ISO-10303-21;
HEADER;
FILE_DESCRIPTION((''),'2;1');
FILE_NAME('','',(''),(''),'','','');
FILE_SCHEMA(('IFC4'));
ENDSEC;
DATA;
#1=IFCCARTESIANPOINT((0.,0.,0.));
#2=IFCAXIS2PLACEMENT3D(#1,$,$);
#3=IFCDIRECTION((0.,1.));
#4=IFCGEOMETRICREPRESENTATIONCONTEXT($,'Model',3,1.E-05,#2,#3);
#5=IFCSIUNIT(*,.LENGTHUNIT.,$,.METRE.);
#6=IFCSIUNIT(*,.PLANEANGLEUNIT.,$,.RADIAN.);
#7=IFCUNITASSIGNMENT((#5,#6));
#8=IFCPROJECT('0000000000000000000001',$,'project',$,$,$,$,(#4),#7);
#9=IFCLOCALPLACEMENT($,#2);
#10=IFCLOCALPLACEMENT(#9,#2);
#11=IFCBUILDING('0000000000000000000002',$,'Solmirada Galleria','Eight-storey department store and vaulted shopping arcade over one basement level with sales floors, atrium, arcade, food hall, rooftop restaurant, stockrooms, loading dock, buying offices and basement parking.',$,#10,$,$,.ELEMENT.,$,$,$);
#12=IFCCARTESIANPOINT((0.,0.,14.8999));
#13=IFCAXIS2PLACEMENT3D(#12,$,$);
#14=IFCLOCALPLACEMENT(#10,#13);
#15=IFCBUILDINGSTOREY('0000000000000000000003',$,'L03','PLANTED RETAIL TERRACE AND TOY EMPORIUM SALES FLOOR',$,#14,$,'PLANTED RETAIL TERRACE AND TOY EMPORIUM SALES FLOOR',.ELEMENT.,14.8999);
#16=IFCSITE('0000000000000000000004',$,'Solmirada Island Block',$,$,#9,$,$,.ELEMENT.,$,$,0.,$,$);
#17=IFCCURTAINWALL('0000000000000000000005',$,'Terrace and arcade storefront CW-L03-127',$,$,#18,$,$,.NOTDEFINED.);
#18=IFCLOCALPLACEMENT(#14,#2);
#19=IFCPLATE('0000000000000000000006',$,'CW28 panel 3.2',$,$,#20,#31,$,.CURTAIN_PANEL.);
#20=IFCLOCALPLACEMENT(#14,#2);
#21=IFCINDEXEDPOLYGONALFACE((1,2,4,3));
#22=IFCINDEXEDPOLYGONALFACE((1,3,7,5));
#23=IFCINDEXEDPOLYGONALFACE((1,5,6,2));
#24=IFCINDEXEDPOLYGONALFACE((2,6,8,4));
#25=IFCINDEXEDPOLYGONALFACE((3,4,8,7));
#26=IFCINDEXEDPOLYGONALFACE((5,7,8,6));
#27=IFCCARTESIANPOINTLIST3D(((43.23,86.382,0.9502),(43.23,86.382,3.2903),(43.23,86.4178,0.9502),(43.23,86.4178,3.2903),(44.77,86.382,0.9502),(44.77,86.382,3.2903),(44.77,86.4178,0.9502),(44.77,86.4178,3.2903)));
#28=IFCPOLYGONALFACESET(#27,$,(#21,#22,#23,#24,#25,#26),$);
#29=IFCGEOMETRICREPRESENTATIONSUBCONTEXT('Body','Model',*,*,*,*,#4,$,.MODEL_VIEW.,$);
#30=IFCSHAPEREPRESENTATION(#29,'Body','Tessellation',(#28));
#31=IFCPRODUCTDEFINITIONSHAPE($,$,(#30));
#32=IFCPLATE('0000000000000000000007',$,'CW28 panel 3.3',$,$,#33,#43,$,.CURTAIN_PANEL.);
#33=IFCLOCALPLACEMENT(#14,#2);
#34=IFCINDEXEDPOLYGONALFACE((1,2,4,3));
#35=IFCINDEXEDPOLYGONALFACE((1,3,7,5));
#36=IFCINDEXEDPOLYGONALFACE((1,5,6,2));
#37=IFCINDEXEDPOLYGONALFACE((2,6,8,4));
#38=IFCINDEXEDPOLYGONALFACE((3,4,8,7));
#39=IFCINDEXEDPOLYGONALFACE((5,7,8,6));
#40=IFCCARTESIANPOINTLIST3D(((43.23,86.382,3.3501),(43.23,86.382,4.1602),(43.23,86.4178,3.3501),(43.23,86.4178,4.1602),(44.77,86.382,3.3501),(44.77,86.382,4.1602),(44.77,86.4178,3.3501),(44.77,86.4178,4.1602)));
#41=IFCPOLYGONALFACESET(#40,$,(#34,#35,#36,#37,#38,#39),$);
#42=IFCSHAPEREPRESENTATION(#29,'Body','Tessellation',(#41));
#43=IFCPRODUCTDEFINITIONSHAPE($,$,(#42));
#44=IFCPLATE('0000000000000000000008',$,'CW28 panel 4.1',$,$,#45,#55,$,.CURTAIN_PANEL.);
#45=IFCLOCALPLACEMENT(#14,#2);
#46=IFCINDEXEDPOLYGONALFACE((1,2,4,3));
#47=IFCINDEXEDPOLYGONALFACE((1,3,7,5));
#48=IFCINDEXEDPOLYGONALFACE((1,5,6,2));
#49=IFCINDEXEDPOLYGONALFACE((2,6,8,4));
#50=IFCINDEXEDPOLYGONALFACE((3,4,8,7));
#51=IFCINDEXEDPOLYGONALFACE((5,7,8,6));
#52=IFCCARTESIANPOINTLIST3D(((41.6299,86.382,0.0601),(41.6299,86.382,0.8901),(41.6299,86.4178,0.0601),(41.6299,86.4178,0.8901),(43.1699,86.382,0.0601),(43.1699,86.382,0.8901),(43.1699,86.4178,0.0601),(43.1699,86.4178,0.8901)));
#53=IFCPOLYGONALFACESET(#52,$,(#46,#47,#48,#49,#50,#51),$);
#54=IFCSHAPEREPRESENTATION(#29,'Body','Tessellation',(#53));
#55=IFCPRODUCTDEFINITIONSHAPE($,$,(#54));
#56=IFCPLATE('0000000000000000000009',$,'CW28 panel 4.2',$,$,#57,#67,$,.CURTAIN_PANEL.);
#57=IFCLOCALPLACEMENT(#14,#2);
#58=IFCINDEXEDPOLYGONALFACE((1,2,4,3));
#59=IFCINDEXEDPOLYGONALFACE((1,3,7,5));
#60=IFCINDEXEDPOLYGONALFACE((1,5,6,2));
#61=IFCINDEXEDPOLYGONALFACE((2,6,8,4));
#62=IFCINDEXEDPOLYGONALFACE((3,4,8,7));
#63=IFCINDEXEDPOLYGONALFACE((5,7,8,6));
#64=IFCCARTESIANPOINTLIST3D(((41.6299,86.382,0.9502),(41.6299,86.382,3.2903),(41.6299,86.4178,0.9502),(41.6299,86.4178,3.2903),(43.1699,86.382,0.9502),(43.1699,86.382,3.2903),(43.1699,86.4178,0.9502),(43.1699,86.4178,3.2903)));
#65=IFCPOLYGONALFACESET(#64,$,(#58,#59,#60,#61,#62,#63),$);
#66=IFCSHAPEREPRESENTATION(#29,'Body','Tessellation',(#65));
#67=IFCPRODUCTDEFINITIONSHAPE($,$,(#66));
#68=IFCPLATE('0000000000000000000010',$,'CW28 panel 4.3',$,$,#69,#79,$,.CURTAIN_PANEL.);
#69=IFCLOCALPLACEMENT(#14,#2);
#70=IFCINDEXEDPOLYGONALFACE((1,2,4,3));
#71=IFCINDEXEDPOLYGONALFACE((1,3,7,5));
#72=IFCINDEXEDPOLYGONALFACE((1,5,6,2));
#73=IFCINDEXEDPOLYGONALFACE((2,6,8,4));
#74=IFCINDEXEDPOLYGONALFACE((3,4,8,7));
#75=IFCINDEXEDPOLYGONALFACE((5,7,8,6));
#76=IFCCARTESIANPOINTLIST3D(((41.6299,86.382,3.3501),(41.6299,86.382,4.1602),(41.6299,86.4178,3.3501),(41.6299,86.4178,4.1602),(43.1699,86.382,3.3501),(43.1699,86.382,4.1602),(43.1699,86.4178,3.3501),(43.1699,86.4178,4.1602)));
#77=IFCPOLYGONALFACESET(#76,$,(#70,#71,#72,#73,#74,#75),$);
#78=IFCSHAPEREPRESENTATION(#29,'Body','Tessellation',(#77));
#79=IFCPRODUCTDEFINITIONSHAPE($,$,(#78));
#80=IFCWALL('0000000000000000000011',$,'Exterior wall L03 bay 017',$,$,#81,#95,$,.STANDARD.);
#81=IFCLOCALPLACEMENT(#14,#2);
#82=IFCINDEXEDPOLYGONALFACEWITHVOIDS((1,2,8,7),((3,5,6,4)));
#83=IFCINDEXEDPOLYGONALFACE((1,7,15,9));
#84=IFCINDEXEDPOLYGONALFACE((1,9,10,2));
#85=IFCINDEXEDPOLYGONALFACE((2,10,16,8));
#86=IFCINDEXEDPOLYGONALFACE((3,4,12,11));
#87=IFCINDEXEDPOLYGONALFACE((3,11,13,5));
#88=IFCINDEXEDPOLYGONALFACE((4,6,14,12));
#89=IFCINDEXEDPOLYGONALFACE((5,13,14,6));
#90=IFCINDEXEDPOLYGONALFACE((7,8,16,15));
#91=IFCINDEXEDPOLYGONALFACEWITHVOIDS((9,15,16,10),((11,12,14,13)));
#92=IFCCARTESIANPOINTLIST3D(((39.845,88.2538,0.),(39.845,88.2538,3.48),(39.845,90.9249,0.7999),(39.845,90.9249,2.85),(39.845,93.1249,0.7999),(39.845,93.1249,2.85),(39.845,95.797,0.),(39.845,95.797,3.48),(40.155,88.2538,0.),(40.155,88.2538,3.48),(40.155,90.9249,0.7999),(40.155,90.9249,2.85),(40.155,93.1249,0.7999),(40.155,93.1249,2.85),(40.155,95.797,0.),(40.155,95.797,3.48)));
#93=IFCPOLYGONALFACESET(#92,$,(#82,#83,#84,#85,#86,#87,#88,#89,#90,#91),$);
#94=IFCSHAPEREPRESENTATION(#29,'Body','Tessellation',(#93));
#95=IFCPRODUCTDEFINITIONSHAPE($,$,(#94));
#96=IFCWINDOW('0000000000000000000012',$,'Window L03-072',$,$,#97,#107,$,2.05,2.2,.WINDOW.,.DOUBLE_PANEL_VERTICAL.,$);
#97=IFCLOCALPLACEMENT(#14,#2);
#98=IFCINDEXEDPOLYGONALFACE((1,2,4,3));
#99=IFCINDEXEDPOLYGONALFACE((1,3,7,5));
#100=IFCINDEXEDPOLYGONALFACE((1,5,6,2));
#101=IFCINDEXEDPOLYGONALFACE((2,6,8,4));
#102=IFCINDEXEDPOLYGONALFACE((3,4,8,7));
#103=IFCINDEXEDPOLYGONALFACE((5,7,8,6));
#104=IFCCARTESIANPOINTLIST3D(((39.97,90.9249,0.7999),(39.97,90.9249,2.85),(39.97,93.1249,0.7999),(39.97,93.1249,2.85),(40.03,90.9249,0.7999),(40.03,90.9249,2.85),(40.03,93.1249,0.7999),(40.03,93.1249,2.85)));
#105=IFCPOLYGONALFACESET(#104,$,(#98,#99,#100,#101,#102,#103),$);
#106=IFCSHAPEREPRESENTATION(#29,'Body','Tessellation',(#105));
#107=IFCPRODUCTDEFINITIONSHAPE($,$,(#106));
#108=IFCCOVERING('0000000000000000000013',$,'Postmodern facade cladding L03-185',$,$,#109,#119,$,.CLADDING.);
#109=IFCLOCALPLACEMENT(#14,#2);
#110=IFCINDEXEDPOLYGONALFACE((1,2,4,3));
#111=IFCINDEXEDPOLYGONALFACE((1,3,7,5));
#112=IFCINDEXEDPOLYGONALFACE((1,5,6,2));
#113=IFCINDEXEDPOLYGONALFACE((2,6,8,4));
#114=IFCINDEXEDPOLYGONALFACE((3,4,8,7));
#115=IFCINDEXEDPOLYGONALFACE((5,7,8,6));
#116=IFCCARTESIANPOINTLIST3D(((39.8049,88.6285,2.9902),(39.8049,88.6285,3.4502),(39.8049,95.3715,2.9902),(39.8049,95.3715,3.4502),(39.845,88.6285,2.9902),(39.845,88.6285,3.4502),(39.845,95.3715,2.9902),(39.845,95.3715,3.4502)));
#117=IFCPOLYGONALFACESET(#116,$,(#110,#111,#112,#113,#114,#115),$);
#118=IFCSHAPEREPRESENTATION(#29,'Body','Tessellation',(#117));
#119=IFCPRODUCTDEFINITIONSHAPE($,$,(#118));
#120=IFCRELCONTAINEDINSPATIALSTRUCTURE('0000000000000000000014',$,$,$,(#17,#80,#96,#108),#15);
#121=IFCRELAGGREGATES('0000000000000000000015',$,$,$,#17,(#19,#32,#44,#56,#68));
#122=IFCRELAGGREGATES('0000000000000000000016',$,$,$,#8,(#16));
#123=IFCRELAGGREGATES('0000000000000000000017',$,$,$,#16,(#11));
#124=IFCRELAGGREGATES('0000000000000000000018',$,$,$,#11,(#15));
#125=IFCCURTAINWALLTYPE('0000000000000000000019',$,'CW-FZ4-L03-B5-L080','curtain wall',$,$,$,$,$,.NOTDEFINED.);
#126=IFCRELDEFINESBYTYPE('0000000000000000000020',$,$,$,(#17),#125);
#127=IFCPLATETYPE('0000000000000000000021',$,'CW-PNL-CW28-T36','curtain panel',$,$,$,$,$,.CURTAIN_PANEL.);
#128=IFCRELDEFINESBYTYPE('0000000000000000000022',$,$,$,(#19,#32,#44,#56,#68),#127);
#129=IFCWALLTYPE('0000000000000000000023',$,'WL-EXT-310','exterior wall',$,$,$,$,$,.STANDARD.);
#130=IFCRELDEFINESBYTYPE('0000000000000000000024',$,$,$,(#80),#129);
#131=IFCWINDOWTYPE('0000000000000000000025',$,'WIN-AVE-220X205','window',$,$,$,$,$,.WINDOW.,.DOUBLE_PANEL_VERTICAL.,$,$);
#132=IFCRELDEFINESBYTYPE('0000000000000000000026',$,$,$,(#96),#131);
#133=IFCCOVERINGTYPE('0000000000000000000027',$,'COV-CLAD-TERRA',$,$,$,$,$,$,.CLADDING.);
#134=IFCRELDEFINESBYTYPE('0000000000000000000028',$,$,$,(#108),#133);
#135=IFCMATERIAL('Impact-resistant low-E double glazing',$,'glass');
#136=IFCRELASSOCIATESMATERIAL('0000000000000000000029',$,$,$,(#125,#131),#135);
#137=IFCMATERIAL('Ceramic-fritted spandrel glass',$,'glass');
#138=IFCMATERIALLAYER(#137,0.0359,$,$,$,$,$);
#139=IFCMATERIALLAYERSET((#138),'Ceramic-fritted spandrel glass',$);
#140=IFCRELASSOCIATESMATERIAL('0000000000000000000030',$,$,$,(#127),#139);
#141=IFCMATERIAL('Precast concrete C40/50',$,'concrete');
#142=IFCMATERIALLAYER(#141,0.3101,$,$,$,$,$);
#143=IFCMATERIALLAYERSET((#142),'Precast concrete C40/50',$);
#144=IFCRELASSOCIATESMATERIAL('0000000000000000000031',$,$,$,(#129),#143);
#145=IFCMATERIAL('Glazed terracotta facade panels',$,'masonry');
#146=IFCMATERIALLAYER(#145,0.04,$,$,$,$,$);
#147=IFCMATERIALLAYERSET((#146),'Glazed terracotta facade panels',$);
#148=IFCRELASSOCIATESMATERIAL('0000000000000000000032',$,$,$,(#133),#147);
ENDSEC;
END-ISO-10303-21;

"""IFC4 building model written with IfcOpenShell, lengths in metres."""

from ifc_helpers import new_model, si_unit, direction, frame, frame_2d, origin, origin_2d, place, context, subcontext, project, spatial, rectangle, extrude, material, layer, layer_set, type_object, element, fill, aggregate, save


model = new_model("IFC4")

# Units and contexts
model_context = context("Model", 3, precision=1e-05, world=origin(), true_north=direction((0.0, 1.0)))
body_context = subcontext(model_context, "Body", "Model", "MODEL_VIEW")
ifc_project = project(units=[si_unit("LENGTHUNIT", "METRE"), si_unit("PLANEANGLEUNIT", "RADIAN")], contexts=[model_context])

# Site, building, storey
site_placement = place(None, origin())
site = spatial("IfcSite", under=ifc_project, at=site_placement, Name="Solmirada Island Block", CompositionType="ELEMENT", RefElevation=0.0)
building_placement = place(site_placement, origin())
building = spatial("IfcBuilding", under=site, at=building_placement, Name="Solmirada Galleria", Description="Eight-storey department store and vaulted shopping arcade over one basement level with sales floors, atrium, arcade, food hall, rooftop restaurant, stockrooms, loading dock, buying offices and basement parking.", CompositionType="ELEMENT")
storey_placement = place(building_placement, frame((0.0, 0.0, 14.8999)))
storey = spatial("IfcBuildingStorey", under=building, at=storey_placement, Name="L03", Description="PLANTED RETAIL TERRACE AND TOY EMPORIUM SALES FLOOR", LongName="PLANTED RETAIL TERRACE AND TOY EMPORIUM SALES FLOOR", CompositionType="ELEMENT", Elevation=14.8999)

# Curtain wall, plates
ifc_material_1 = material(Name="Impact-resistant low-E double glazing", Category="glass")
curtain_wall_type = type_object("IfcCurtainWallType", Name="CW-FZ4-L03-B5-L080", Description="curtain wall", PredefinedType="NOTDEFINED", material=ifc_material_1)
curtain_wall_placement = place(storey_placement, origin())
curtain_wall = element("IfcCurtainWall", 1, at=curtain_wall_placement, inside=storey, type_object=curtain_wall_type, Name="Terrace and arcade storefront CW-L03-127", PredefinedType="NOTDEFINED")
ifc_material_2 = material(Name="Ceramic-fritted spandrel glass", Category="glass")
ifc_layer_1 = layer(ifc_material_2, 0.0359)
ifc_layer_set_1 = layer_set([ifc_layer_1], Name="Ceramic-fritted spandrel glass")
plate_type = type_object("IfcPlateType", Name="CW-PNL-CW28-T36", Description="curtain panel", PredefinedType="CURTAIN_PANEL", material=ifc_layer_set_1)
plate_1_placement = place(storey_placement, frame((44.0, 86.3999, 0.9502), z_axis=(0.0, 0.0, 1.0), x_axis=(-1.0, 0.0, 0.0)))
plate_1 = element("IfcPlate", 2, at=plate_1_placement, type_object=plate_type, Name="CW28 panel 3.2", PredefinedType="CURTAIN_PANEL", context=body_context, shape_type="SweptSolid", body=[
    extrude(rectangle(XDim=1.54, YDim=0.0359, at=origin_2d()), origin(), (0.0, 0.0, 1.0), 2.3401),
])
plate_2_placement = place(storey_placement, frame((44.0, 86.3999, 3.3501), z_axis=(0.0, 0.0, 1.0), x_axis=(-1.0, 0.0, 0.0)))
plate_2 = element("IfcPlate", 3, at=plate_2_placement, type_object=plate_type, Name="CW28 panel 3.3", PredefinedType="CURTAIN_PANEL", context=body_context, shape_type="SweptSolid", body=[
    extrude(rectangle(XDim=1.54, YDim=0.0359, at=origin_2d()), origin(), (0.0, 0.0, 1.0), 0.8101),
])
plate_3_placement = place(storey_placement, frame((42.3999, 86.3999, 0.0601), z_axis=(0.0, 0.0, 1.0), x_axis=(-1.0, 0.0, 0.0)))
plate_3 = element("IfcPlate", 4, at=plate_3_placement, type_object=plate_type, Name="CW28 panel 4.1", PredefinedType="CURTAIN_PANEL", context=body_context, shape_type="SweptSolid", body=[
    extrude(rectangle(XDim=1.54, YDim=0.0359, at=origin_2d()), origin(), (0.0, 0.0, 1.0), 0.8301),
])
plate_4_placement = place(storey_placement, frame((42.3999, 86.3999, 0.9502), z_axis=(0.0, 0.0, 1.0), x_axis=(-1.0, 0.0, 0.0)))
plate_4 = element("IfcPlate", 5, at=plate_4_placement, type_object=plate_type, Name="CW28 panel 4.2", PredefinedType="CURTAIN_PANEL", context=body_context, shape_type="SweptSolid", body=[
    extrude(rectangle(XDim=1.54, YDim=0.0359, at=origin_2d()), origin(), (0.0, 0.0, 1.0), 2.3401),
])
plate_5_placement = place(storey_placement, frame((42.3999, 86.3999, 3.3501), z_axis=(0.0, 0.0, 1.0), x_axis=(-1.0, 0.0, 0.0)))
plate_5 = element("IfcPlate", 6, at=plate_5_placement, type_object=plate_type, Name="CW28 panel 4.3", PredefinedType="CURTAIN_PANEL", context=body_context, shape_type="SweptSolid", body=[
    extrude(rectangle(XDim=1.54, YDim=0.0359, at=origin_2d()), origin(), (0.0, 0.0, 1.0), 0.8101),
])
aggregate(curtain_wall, [plate_1, plate_2, plate_3, plate_4, plate_5])

# Wall, opening, window
ifc_material_3 = material(Name="Precast concrete C40/50", Category="concrete")
ifc_layer_2 = layer(ifc_material_3, 0.3101)
ifc_layer_set_2 = layer_set([ifc_layer_2], Name="Precast concrete C40/50")
wall_type = type_object("IfcWallType", Name="WL-EXT-310", Description="exterior wall", PredefinedType="STANDARD", material=ifc_layer_set_2)
wall_placement = place(storey_placement, frame((40.0, 88.2539, 0.0), z_axis=(0.0, 0.0, 1.0), x_axis=(0.0, 1.0, 0.0)))
wall = element("IfcWall", 7, at=wall_placement, inside=storey, type_object=wall_type, Name="Exterior wall L03 bay 017", PredefinedType="STANDARD", context=body_context, shape_type="SweptSolid", body=[
    extrude(rectangle(XDim=7.5432, YDim=0.3101, at=frame_2d((3.7715, 0.0))), origin(), (0.0, 0.0, 1.0), 3.48),
])
opening_placement = place(wall_placement, frame((2.6709, 0.0, 0.8)))
opening = element("IfcOpeningElement", 8, at=opening_placement, cuts=wall, PredefinedType="OPENING", context=body_context, shape_type="SweptSolid", body=[
    extrude(rectangle(XDim=2.2, YDim=2.05, at=frame_2d((1.1001, 1.0249))), frame((0.0, 0.165, 0.0), z_axis=(0.0, -1.0, 0.0), x_axis=(1.0, 0.0, 0.0)), (0.0, 0.0, 1.0), 0.3301),
])
window_type = type_object("IfcWindowType", Name="WIN-AVE-220X205", Description="window", PartitioningType="DOUBLE_PANEL_VERTICAL", PredefinedType="WINDOW", material=ifc_material_1)
window_placement = place(opening_placement, origin())
window = element("IfcWindow", 9, at=window_placement, inside=storey, type_object=window_type, Name="Window L03-072", OverallHeight=2.05, OverallWidth=2.2, PartitioningType="DOUBLE_PANEL_VERTICAL", PredefinedType="WINDOW", context=body_context, shape_type="SweptSolid", body=[
    extrude(rectangle(XDim=2.2, YDim=2.05, at=frame_2d((1.1001, 1.0249))), frame((0.0, 0.03, 0.0), z_axis=(0.0, -1.0, 0.0), x_axis=(1.0, 0.0, 0.0)), (0.0, 0.0, 1.0), 0.0601),
])
fill(opening, window)

# Covering
ifc_material_4 = material(Name="Glazed terracotta facade panels", Category="masonry")
ifc_layer_3 = layer(ifc_material_4, 0.04)
ifc_layer_set_3 = layer_set([ifc_layer_3], Name="Glazed terracotta facade panels")
covering_type = type_object("IfcCoveringType", Name="COV-CLAD-TERRA", PredefinedType="CLADDING", material=ifc_layer_set_3)
covering_placement = place(storey_placement, frame((39.825, 92.0, 2.9902), z_axis=(0.0, 0.0, 1.0), x_axis=(0.0, 1.0, 0.0)))
element("IfcCovering", 10, at=covering_placement, inside=storey, type_object=covering_type, Name="Postmodern facade cladding L03-185", PredefinedType="CLADDING", context=body_context, shape_type="SweptSolid", body=[
    extrude(rectangle(XDim=6.7429, YDim=0.04, at=origin_2d()), origin(), (0.0, 0.0, 1.0), 0.46),
])

save(model, "model.ifc")
